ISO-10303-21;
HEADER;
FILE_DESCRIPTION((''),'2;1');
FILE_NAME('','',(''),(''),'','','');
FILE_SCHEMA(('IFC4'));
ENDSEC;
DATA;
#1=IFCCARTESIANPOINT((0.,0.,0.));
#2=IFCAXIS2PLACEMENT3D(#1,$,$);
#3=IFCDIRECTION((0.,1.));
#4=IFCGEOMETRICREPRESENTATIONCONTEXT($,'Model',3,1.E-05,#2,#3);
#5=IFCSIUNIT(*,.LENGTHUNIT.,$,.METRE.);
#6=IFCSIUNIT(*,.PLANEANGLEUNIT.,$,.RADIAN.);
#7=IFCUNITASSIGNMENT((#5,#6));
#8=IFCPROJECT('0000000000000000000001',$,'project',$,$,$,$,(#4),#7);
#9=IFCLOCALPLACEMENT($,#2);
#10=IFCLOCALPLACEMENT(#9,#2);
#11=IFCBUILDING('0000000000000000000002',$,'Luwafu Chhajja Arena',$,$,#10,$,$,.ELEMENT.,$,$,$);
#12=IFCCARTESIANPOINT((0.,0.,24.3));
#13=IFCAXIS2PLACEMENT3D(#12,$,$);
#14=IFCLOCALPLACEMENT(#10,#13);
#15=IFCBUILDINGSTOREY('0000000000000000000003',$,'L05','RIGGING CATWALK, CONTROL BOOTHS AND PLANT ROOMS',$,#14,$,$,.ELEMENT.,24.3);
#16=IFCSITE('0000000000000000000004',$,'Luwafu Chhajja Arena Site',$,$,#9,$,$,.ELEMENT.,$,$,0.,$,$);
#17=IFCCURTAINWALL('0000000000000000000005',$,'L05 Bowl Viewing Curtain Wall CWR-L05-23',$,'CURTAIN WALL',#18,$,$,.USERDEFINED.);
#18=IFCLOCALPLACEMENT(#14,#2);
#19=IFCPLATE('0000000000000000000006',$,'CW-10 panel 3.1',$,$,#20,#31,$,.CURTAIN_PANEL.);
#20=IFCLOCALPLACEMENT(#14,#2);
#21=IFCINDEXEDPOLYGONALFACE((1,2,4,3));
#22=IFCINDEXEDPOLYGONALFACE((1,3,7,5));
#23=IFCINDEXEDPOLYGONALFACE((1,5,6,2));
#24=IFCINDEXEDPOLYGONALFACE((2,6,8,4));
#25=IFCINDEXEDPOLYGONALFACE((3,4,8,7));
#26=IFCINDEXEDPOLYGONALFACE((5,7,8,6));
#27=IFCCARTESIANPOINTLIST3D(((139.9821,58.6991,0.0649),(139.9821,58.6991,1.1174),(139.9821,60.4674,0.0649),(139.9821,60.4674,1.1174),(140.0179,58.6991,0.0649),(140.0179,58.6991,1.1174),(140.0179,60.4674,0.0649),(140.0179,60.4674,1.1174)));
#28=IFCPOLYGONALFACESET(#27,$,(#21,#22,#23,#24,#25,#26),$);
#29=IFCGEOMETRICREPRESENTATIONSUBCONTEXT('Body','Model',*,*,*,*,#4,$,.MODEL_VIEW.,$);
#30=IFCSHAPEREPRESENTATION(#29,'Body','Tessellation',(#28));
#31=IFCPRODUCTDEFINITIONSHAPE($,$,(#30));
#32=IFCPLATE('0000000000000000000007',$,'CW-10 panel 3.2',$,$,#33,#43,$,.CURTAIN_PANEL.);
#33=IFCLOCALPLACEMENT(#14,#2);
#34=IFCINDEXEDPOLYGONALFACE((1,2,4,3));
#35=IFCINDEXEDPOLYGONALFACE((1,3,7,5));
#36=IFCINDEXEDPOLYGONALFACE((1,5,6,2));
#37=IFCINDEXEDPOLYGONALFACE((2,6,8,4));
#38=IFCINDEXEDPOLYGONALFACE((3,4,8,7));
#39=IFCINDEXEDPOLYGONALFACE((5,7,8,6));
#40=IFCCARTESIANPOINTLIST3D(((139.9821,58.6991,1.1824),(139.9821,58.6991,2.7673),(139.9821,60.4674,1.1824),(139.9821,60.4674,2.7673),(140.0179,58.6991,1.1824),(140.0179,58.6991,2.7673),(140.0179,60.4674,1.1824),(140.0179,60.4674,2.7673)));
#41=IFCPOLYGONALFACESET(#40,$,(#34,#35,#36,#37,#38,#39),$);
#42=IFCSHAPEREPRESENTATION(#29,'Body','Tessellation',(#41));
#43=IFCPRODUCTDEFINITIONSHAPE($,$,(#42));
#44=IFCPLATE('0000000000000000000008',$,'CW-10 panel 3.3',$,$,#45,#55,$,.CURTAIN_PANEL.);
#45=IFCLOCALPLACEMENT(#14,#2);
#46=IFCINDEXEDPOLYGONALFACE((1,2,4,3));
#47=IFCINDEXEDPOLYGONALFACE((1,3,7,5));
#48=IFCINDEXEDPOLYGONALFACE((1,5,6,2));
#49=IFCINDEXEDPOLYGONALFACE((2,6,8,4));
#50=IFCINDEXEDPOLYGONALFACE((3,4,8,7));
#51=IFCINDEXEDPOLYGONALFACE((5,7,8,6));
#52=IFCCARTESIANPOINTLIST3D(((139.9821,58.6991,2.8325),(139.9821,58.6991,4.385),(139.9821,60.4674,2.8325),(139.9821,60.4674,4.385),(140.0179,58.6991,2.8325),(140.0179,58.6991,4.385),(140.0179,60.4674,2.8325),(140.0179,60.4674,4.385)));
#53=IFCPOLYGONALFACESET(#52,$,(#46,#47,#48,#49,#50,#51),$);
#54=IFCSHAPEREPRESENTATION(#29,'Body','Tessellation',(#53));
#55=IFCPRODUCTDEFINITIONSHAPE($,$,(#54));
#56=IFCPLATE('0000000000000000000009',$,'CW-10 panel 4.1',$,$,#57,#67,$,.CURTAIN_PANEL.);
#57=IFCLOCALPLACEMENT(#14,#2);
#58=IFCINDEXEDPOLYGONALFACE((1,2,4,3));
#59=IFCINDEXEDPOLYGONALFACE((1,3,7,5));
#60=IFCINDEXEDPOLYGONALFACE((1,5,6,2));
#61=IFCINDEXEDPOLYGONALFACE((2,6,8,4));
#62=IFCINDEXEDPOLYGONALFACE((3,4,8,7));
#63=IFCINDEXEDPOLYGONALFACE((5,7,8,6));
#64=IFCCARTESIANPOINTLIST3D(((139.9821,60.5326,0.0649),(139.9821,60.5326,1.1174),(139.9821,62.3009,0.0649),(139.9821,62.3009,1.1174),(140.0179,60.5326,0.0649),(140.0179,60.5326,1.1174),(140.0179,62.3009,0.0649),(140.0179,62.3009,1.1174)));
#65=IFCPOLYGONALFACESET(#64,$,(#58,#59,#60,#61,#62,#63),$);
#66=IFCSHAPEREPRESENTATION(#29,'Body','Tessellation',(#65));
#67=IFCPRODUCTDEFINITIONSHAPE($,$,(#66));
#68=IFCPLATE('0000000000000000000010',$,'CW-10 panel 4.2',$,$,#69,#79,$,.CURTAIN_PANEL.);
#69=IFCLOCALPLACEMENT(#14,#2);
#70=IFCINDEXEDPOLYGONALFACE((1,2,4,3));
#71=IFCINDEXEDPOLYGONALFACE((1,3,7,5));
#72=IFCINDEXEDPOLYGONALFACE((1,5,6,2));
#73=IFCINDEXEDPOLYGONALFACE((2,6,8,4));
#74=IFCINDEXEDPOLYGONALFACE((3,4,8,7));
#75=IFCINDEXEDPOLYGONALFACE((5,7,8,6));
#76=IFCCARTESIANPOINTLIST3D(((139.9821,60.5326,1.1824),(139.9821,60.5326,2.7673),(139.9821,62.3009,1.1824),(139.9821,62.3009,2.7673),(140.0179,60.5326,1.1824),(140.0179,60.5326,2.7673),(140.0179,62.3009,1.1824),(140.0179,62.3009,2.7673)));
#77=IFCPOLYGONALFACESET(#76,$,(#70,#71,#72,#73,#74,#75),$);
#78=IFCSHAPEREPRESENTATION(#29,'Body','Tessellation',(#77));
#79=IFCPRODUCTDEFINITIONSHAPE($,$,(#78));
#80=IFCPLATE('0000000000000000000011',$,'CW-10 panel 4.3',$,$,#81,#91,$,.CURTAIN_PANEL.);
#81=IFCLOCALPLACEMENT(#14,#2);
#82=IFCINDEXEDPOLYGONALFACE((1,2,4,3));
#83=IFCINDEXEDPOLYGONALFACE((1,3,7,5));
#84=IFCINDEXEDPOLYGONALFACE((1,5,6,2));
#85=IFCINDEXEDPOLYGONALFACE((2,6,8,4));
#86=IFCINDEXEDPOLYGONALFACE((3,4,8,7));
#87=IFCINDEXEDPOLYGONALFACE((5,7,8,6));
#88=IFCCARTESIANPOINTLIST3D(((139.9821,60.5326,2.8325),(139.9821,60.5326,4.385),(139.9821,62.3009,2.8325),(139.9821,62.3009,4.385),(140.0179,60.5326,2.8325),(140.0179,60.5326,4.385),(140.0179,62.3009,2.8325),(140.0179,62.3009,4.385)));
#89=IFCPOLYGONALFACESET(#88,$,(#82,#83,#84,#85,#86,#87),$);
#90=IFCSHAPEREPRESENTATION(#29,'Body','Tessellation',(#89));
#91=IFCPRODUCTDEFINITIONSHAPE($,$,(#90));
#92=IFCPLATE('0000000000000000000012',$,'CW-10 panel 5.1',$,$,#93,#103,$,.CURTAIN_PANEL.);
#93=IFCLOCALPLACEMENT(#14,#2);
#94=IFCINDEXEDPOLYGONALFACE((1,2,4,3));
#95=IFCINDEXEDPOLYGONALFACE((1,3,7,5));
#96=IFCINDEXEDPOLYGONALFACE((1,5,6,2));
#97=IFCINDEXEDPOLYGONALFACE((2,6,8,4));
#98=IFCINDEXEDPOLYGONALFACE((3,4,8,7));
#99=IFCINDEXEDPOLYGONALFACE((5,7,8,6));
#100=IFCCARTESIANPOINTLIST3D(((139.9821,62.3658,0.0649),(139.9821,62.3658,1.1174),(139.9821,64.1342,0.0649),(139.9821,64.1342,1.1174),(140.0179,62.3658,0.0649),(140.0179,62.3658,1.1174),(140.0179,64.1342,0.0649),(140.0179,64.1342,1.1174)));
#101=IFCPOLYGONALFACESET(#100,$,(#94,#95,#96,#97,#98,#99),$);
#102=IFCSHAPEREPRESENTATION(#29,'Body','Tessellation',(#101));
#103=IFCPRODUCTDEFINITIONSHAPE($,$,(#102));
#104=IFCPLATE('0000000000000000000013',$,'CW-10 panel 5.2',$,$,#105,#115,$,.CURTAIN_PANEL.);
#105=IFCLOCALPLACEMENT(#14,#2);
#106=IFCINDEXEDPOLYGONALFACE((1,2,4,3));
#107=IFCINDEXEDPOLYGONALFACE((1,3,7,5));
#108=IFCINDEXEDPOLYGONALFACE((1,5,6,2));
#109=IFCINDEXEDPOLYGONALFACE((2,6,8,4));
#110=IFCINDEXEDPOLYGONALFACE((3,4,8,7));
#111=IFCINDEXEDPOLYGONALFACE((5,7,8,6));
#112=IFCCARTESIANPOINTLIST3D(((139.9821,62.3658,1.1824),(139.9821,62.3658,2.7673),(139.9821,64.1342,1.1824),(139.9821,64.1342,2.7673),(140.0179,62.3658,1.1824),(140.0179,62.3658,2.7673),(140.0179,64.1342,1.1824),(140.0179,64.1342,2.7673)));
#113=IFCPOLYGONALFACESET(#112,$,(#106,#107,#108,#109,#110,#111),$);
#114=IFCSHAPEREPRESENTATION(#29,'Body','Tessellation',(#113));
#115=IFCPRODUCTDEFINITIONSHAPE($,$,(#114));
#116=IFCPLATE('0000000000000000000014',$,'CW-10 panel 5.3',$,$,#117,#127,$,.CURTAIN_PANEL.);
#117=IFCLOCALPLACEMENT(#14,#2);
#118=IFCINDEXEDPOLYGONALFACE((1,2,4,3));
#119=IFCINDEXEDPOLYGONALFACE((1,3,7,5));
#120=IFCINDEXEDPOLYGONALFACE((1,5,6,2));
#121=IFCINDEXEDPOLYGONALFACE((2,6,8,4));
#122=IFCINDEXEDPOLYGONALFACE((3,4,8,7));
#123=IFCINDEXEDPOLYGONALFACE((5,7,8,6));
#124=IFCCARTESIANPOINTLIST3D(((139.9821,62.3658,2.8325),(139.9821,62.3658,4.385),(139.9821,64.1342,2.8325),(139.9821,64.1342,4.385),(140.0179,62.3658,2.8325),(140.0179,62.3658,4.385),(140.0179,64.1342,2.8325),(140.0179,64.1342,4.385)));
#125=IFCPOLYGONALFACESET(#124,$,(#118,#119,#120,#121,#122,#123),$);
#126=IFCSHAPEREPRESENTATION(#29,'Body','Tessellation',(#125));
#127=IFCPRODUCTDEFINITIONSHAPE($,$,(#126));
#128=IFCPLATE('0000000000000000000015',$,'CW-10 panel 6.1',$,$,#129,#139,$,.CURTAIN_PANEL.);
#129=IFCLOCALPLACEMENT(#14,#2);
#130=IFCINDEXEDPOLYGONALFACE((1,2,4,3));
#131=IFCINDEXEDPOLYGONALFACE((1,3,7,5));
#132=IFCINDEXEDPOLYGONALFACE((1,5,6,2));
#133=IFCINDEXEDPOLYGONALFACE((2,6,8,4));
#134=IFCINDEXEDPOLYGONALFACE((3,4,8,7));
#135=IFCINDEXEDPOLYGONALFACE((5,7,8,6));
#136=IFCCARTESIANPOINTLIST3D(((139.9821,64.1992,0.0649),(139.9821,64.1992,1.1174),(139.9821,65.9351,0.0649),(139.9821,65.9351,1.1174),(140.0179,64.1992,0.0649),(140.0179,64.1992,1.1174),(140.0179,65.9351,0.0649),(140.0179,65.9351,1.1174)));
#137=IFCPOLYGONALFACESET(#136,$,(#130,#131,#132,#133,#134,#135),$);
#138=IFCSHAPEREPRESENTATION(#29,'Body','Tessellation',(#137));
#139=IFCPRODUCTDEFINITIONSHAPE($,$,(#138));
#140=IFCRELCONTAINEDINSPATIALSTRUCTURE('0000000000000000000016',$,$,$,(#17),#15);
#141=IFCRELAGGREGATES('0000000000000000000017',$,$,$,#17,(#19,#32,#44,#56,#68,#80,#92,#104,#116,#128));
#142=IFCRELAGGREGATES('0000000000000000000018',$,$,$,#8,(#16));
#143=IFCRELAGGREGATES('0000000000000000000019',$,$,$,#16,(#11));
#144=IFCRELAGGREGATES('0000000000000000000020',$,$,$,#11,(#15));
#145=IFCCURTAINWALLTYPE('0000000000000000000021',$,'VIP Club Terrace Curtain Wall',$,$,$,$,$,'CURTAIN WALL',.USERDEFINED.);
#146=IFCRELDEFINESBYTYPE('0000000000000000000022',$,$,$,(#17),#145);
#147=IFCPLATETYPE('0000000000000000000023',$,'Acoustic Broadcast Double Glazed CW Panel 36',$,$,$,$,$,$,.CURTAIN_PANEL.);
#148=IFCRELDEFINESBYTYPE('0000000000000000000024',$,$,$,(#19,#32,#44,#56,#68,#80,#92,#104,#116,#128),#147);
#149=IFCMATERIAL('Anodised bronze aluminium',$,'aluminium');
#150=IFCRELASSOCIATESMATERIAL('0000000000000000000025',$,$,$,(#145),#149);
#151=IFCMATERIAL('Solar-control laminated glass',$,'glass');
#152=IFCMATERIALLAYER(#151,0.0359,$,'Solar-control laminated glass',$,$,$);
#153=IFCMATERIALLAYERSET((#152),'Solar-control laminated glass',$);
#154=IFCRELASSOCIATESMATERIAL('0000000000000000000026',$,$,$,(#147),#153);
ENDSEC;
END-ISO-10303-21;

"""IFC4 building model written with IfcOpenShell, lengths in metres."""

from ifc_helpers import new_model, si_unit, direction, frame, origin, origin_2d, place, context, subcontext, project, spatial, rectangle, extrude, material, layer, layer_set, type_object, element, aggregate, save


model = new_model("IFC4")

# Units and contexts
model_context = context("Model", 3, precision=1e-05, world=origin(), true_north=direction((0.0, 1.0)))
body_context = subcontext(model_context, "Body", "Model", "MODEL_VIEW")
ifc_project = project(units=[si_unit("LENGTHUNIT", "METRE"), si_unit("PLANEANGLEUNIT", "RADIAN")], contexts=[model_context])

# Site, building, storey
site_placement = place(None, origin())
site = spatial("IfcSite", under=ifc_project, at=site_placement, Name="Luwafu Chhajja Arena Site", CompositionType="ELEMENT", RefElevation=0.0)
building_placement = place(site_placement, origin())
building = spatial("IfcBuilding", under=site, at=building_placement, Name="Luwafu Chhajja Arena", CompositionType="ELEMENT")
storey_placement = place(building_placement, frame((0.0, 0.0, 24.3)))
storey = spatial("IfcBuildingStorey", under=building, at=storey_placement, Name="L05", Description="RIGGING CATWALK, CONTROL BOOTHS AND PLANT ROOMS", CompositionType="ELEMENT", Elevation=24.3)

# Curtain wall, plates
ifc_material_1 = material(Name="Anodised bronze aluminium", Category="aluminium")
curtain_wall_type = type_object("IfcCurtainWallType", Name="VIP Club Terrace Curtain Wall", ElementType="CURTAIN WALL", PredefinedType="USERDEFINED", material=ifc_material_1)
curtain_wall_placement = place(storey_placement, origin())
curtain_wall = element("IfcCurtainWall", 1, at=curtain_wall_placement, inside=storey, type_object=curtain_wall_type, Name="L05 Bowl Viewing Curtain Wall CWR-L05-23", ObjectType="CURTAIN WALL", PredefinedType="USERDEFINED")
ifc_material_2 = material(Name="Solar-control laminated glass", Category="glass")
ifc_layer = layer(ifc_material_2, 0.0359, Name="Solar-control laminated glass")
ifc_layer_set = layer_set([ifc_layer], Name="Solar-control laminated glass")
plate_type = type_object("IfcPlateType", Name="Acoustic Broadcast Double Glazed CW Panel 36", PredefinedType="CURTAIN_PANEL", material=ifc_layer_set)
plate_1_placement = place(storey_placement, frame((140.0, 59.5833, 0.0649), z_axis=(0.0, 0.0, 1.0), x_axis=(0.0, 1.0, 0.0)))
plate_1 = element("IfcPlate", 2, at=plate_1_placement, type_object=plate_type, Name="CW-10 panel 3.1", PredefinedType="CURTAIN_PANEL", context=body_context, shape_type="SweptSolid", body=[
    extrude(rectangle(XDim=1.7683, YDim=0.0359, at=origin_2d()), origin(), (0.0, 0.0, 1.0), 1.0525),
])
plate_2_placement = place(storey_placement, frame((140.0, 59.5833, 1.1824), z_axis=(0.0, 0.0, 1.0), x_axis=(0.0, 1.0, 0.0)))
plate_2 = element("IfcPlate", 3, at=plate_2_placement, type_object=plate_type, Name="CW-10 panel 3.2", PredefinedType="CURTAIN_PANEL", context=body_context, shape_type="SweptSolid", body=[
    extrude(rectangle(XDim=1.7683, YDim=0.0359, at=origin_2d()), origin(), (0.0, 0.0, 1.0), 1.585),
])
plate_3_placement = place(storey_placement, frame((140.0, 59.5833, 2.8325), z_axis=(0.0, 0.0, 1.0), x_axis=(0.0, 1.0, 0.0)))
plate_3 = element("IfcPlate", 4, at=plate_3_placement, type_object=plate_type, Name="CW-10 panel 3.3", PredefinedType="CURTAIN_PANEL", context=body_context, shape_type="SweptSolid", body=[
    extrude(rectangle(XDim=1.7683, YDim=0.0359, at=origin_2d()), origin(), (0.0, 0.0, 1.0), 1.5525),
])
plate_4_placement = place(storey_placement, frame((140.0, 61.4167, 0.0649), z_axis=(0.0, 0.0, 1.0), x_axis=(0.0, 1.0, 0.0)))
plate_4 = element("IfcPlate", 5, at=plate_4_placement, type_object=plate_type, Name="CW-10 panel 4.1", PredefinedType="CURTAIN_PANEL", context=body_context, shape_type="SweptSolid", body=[
    extrude(rectangle(XDim=1.7683, YDim=0.0359, at=origin_2d()), origin(), (0.0, 0.0, 1.0), 1.0525),
])
plate_5_placement = place(storey_placement, frame((140.0, 61.4167, 1.1824), z_axis=(0.0, 0.0, 1.0), x_axis=(0.0, 1.0, 0.0)))
plate_5 = element("IfcPlate", 6, at=plate_5_placement, type_object=plate_type, Name="CW-10 panel 4.2", PredefinedType="CURTAIN_PANEL", context=body_context, shape_type="SweptSolid", body=[
    extrude(rectangle(XDim=1.7683, YDim=0.0359, at=origin_2d()), origin(), (0.0, 0.0, 1.0), 1.585),
])
plate_6_placement = place(storey_placement, frame((140.0, 61.4167, 2.8325), z_axis=(0.0, 0.0, 1.0), x_axis=(0.0, 1.0, 0.0)))
plate_6 = element("IfcPlate", 7, at=plate_6_placement, type_object=plate_type, Name="CW-10 panel 4.3", PredefinedType="CURTAIN_PANEL", context=body_context, shape_type="SweptSolid", body=[
    extrude(rectangle(XDim=1.7683, YDim=0.0359, at=origin_2d()), origin(), (0.0, 0.0, 1.0), 1.5525),
])
plate_7_placement = place(storey_placement, frame((140.0, 63.25, 0.0649), z_axis=(0.0, 0.0, 1.0), x_axis=(0.0, 1.0, 0.0)))
plate_7 = element("IfcPlate", 8, at=plate_7_placement, type_object=plate_type, Name="CW-10 panel 5.1", PredefinedType="CURTAIN_PANEL", context=body_context, shape_type="SweptSolid", body=[
    extrude(rectangle(XDim=1.7683, YDim=0.0359, at=origin_2d()), origin(), (0.0, 0.0, 1.0), 1.0525),
])
plate_8_placement = place(storey_placement, frame((140.0, 63.25, 1.1824), z_axis=(0.0, 0.0, 1.0), x_axis=(0.0, 1.0, 0.0)))
plate_8 = element("IfcPlate", 9, at=plate_8_placement, type_object=plate_type, Name="CW-10 panel 5.2", PredefinedType="CURTAIN_PANEL", context=body_context, shape_type="SweptSolid", body=[
    extrude(rectangle(XDim=1.7683, YDim=0.0359, at=origin_2d()), origin(), (0.0, 0.0, 1.0), 1.585),
])
plate_9_placement = place(storey_placement, frame((140.0, 63.25, 2.8325), z_axis=(0.0, 0.0, 1.0), x_axis=(0.0, 1.0, 0.0)))
plate_9 = element("IfcPlate", 10, at=plate_9_placement, type_object=plate_type, Name="CW-10 panel 5.3", PredefinedType="CURTAIN_PANEL", context=body_context, shape_type="SweptSolid", body=[
    extrude(rectangle(XDim=1.7683, YDim=0.0359, at=origin_2d()), origin(), (0.0, 0.0, 1.0), 1.5525),
])
plate_10_placement = place(storey_placement, frame((140.0, 65.0671, 0.0649), z_axis=(0.0, 0.0, 1.0), x_axis=(0.0, 1.0, 0.0)))
plate_10 = element("IfcPlate", 11, at=plate_10_placement, type_object=plate_type, Name="CW-10 panel 6.1", PredefinedType="CURTAIN_PANEL", context=body_context, shape_type="SweptSolid", body=[
    extrude(rectangle(XDim=1.7358, YDim=0.0359, at=origin_2d()), origin(), (0.0, 0.0, 1.0), 1.0525),
])
aggregate(curtain_wall, [plate_1, plate_2, plate_3, plate_4, plate_5, plate_6, plate_7, plate_8, plate_9, plate_10])

save(model, "model.ifc")
